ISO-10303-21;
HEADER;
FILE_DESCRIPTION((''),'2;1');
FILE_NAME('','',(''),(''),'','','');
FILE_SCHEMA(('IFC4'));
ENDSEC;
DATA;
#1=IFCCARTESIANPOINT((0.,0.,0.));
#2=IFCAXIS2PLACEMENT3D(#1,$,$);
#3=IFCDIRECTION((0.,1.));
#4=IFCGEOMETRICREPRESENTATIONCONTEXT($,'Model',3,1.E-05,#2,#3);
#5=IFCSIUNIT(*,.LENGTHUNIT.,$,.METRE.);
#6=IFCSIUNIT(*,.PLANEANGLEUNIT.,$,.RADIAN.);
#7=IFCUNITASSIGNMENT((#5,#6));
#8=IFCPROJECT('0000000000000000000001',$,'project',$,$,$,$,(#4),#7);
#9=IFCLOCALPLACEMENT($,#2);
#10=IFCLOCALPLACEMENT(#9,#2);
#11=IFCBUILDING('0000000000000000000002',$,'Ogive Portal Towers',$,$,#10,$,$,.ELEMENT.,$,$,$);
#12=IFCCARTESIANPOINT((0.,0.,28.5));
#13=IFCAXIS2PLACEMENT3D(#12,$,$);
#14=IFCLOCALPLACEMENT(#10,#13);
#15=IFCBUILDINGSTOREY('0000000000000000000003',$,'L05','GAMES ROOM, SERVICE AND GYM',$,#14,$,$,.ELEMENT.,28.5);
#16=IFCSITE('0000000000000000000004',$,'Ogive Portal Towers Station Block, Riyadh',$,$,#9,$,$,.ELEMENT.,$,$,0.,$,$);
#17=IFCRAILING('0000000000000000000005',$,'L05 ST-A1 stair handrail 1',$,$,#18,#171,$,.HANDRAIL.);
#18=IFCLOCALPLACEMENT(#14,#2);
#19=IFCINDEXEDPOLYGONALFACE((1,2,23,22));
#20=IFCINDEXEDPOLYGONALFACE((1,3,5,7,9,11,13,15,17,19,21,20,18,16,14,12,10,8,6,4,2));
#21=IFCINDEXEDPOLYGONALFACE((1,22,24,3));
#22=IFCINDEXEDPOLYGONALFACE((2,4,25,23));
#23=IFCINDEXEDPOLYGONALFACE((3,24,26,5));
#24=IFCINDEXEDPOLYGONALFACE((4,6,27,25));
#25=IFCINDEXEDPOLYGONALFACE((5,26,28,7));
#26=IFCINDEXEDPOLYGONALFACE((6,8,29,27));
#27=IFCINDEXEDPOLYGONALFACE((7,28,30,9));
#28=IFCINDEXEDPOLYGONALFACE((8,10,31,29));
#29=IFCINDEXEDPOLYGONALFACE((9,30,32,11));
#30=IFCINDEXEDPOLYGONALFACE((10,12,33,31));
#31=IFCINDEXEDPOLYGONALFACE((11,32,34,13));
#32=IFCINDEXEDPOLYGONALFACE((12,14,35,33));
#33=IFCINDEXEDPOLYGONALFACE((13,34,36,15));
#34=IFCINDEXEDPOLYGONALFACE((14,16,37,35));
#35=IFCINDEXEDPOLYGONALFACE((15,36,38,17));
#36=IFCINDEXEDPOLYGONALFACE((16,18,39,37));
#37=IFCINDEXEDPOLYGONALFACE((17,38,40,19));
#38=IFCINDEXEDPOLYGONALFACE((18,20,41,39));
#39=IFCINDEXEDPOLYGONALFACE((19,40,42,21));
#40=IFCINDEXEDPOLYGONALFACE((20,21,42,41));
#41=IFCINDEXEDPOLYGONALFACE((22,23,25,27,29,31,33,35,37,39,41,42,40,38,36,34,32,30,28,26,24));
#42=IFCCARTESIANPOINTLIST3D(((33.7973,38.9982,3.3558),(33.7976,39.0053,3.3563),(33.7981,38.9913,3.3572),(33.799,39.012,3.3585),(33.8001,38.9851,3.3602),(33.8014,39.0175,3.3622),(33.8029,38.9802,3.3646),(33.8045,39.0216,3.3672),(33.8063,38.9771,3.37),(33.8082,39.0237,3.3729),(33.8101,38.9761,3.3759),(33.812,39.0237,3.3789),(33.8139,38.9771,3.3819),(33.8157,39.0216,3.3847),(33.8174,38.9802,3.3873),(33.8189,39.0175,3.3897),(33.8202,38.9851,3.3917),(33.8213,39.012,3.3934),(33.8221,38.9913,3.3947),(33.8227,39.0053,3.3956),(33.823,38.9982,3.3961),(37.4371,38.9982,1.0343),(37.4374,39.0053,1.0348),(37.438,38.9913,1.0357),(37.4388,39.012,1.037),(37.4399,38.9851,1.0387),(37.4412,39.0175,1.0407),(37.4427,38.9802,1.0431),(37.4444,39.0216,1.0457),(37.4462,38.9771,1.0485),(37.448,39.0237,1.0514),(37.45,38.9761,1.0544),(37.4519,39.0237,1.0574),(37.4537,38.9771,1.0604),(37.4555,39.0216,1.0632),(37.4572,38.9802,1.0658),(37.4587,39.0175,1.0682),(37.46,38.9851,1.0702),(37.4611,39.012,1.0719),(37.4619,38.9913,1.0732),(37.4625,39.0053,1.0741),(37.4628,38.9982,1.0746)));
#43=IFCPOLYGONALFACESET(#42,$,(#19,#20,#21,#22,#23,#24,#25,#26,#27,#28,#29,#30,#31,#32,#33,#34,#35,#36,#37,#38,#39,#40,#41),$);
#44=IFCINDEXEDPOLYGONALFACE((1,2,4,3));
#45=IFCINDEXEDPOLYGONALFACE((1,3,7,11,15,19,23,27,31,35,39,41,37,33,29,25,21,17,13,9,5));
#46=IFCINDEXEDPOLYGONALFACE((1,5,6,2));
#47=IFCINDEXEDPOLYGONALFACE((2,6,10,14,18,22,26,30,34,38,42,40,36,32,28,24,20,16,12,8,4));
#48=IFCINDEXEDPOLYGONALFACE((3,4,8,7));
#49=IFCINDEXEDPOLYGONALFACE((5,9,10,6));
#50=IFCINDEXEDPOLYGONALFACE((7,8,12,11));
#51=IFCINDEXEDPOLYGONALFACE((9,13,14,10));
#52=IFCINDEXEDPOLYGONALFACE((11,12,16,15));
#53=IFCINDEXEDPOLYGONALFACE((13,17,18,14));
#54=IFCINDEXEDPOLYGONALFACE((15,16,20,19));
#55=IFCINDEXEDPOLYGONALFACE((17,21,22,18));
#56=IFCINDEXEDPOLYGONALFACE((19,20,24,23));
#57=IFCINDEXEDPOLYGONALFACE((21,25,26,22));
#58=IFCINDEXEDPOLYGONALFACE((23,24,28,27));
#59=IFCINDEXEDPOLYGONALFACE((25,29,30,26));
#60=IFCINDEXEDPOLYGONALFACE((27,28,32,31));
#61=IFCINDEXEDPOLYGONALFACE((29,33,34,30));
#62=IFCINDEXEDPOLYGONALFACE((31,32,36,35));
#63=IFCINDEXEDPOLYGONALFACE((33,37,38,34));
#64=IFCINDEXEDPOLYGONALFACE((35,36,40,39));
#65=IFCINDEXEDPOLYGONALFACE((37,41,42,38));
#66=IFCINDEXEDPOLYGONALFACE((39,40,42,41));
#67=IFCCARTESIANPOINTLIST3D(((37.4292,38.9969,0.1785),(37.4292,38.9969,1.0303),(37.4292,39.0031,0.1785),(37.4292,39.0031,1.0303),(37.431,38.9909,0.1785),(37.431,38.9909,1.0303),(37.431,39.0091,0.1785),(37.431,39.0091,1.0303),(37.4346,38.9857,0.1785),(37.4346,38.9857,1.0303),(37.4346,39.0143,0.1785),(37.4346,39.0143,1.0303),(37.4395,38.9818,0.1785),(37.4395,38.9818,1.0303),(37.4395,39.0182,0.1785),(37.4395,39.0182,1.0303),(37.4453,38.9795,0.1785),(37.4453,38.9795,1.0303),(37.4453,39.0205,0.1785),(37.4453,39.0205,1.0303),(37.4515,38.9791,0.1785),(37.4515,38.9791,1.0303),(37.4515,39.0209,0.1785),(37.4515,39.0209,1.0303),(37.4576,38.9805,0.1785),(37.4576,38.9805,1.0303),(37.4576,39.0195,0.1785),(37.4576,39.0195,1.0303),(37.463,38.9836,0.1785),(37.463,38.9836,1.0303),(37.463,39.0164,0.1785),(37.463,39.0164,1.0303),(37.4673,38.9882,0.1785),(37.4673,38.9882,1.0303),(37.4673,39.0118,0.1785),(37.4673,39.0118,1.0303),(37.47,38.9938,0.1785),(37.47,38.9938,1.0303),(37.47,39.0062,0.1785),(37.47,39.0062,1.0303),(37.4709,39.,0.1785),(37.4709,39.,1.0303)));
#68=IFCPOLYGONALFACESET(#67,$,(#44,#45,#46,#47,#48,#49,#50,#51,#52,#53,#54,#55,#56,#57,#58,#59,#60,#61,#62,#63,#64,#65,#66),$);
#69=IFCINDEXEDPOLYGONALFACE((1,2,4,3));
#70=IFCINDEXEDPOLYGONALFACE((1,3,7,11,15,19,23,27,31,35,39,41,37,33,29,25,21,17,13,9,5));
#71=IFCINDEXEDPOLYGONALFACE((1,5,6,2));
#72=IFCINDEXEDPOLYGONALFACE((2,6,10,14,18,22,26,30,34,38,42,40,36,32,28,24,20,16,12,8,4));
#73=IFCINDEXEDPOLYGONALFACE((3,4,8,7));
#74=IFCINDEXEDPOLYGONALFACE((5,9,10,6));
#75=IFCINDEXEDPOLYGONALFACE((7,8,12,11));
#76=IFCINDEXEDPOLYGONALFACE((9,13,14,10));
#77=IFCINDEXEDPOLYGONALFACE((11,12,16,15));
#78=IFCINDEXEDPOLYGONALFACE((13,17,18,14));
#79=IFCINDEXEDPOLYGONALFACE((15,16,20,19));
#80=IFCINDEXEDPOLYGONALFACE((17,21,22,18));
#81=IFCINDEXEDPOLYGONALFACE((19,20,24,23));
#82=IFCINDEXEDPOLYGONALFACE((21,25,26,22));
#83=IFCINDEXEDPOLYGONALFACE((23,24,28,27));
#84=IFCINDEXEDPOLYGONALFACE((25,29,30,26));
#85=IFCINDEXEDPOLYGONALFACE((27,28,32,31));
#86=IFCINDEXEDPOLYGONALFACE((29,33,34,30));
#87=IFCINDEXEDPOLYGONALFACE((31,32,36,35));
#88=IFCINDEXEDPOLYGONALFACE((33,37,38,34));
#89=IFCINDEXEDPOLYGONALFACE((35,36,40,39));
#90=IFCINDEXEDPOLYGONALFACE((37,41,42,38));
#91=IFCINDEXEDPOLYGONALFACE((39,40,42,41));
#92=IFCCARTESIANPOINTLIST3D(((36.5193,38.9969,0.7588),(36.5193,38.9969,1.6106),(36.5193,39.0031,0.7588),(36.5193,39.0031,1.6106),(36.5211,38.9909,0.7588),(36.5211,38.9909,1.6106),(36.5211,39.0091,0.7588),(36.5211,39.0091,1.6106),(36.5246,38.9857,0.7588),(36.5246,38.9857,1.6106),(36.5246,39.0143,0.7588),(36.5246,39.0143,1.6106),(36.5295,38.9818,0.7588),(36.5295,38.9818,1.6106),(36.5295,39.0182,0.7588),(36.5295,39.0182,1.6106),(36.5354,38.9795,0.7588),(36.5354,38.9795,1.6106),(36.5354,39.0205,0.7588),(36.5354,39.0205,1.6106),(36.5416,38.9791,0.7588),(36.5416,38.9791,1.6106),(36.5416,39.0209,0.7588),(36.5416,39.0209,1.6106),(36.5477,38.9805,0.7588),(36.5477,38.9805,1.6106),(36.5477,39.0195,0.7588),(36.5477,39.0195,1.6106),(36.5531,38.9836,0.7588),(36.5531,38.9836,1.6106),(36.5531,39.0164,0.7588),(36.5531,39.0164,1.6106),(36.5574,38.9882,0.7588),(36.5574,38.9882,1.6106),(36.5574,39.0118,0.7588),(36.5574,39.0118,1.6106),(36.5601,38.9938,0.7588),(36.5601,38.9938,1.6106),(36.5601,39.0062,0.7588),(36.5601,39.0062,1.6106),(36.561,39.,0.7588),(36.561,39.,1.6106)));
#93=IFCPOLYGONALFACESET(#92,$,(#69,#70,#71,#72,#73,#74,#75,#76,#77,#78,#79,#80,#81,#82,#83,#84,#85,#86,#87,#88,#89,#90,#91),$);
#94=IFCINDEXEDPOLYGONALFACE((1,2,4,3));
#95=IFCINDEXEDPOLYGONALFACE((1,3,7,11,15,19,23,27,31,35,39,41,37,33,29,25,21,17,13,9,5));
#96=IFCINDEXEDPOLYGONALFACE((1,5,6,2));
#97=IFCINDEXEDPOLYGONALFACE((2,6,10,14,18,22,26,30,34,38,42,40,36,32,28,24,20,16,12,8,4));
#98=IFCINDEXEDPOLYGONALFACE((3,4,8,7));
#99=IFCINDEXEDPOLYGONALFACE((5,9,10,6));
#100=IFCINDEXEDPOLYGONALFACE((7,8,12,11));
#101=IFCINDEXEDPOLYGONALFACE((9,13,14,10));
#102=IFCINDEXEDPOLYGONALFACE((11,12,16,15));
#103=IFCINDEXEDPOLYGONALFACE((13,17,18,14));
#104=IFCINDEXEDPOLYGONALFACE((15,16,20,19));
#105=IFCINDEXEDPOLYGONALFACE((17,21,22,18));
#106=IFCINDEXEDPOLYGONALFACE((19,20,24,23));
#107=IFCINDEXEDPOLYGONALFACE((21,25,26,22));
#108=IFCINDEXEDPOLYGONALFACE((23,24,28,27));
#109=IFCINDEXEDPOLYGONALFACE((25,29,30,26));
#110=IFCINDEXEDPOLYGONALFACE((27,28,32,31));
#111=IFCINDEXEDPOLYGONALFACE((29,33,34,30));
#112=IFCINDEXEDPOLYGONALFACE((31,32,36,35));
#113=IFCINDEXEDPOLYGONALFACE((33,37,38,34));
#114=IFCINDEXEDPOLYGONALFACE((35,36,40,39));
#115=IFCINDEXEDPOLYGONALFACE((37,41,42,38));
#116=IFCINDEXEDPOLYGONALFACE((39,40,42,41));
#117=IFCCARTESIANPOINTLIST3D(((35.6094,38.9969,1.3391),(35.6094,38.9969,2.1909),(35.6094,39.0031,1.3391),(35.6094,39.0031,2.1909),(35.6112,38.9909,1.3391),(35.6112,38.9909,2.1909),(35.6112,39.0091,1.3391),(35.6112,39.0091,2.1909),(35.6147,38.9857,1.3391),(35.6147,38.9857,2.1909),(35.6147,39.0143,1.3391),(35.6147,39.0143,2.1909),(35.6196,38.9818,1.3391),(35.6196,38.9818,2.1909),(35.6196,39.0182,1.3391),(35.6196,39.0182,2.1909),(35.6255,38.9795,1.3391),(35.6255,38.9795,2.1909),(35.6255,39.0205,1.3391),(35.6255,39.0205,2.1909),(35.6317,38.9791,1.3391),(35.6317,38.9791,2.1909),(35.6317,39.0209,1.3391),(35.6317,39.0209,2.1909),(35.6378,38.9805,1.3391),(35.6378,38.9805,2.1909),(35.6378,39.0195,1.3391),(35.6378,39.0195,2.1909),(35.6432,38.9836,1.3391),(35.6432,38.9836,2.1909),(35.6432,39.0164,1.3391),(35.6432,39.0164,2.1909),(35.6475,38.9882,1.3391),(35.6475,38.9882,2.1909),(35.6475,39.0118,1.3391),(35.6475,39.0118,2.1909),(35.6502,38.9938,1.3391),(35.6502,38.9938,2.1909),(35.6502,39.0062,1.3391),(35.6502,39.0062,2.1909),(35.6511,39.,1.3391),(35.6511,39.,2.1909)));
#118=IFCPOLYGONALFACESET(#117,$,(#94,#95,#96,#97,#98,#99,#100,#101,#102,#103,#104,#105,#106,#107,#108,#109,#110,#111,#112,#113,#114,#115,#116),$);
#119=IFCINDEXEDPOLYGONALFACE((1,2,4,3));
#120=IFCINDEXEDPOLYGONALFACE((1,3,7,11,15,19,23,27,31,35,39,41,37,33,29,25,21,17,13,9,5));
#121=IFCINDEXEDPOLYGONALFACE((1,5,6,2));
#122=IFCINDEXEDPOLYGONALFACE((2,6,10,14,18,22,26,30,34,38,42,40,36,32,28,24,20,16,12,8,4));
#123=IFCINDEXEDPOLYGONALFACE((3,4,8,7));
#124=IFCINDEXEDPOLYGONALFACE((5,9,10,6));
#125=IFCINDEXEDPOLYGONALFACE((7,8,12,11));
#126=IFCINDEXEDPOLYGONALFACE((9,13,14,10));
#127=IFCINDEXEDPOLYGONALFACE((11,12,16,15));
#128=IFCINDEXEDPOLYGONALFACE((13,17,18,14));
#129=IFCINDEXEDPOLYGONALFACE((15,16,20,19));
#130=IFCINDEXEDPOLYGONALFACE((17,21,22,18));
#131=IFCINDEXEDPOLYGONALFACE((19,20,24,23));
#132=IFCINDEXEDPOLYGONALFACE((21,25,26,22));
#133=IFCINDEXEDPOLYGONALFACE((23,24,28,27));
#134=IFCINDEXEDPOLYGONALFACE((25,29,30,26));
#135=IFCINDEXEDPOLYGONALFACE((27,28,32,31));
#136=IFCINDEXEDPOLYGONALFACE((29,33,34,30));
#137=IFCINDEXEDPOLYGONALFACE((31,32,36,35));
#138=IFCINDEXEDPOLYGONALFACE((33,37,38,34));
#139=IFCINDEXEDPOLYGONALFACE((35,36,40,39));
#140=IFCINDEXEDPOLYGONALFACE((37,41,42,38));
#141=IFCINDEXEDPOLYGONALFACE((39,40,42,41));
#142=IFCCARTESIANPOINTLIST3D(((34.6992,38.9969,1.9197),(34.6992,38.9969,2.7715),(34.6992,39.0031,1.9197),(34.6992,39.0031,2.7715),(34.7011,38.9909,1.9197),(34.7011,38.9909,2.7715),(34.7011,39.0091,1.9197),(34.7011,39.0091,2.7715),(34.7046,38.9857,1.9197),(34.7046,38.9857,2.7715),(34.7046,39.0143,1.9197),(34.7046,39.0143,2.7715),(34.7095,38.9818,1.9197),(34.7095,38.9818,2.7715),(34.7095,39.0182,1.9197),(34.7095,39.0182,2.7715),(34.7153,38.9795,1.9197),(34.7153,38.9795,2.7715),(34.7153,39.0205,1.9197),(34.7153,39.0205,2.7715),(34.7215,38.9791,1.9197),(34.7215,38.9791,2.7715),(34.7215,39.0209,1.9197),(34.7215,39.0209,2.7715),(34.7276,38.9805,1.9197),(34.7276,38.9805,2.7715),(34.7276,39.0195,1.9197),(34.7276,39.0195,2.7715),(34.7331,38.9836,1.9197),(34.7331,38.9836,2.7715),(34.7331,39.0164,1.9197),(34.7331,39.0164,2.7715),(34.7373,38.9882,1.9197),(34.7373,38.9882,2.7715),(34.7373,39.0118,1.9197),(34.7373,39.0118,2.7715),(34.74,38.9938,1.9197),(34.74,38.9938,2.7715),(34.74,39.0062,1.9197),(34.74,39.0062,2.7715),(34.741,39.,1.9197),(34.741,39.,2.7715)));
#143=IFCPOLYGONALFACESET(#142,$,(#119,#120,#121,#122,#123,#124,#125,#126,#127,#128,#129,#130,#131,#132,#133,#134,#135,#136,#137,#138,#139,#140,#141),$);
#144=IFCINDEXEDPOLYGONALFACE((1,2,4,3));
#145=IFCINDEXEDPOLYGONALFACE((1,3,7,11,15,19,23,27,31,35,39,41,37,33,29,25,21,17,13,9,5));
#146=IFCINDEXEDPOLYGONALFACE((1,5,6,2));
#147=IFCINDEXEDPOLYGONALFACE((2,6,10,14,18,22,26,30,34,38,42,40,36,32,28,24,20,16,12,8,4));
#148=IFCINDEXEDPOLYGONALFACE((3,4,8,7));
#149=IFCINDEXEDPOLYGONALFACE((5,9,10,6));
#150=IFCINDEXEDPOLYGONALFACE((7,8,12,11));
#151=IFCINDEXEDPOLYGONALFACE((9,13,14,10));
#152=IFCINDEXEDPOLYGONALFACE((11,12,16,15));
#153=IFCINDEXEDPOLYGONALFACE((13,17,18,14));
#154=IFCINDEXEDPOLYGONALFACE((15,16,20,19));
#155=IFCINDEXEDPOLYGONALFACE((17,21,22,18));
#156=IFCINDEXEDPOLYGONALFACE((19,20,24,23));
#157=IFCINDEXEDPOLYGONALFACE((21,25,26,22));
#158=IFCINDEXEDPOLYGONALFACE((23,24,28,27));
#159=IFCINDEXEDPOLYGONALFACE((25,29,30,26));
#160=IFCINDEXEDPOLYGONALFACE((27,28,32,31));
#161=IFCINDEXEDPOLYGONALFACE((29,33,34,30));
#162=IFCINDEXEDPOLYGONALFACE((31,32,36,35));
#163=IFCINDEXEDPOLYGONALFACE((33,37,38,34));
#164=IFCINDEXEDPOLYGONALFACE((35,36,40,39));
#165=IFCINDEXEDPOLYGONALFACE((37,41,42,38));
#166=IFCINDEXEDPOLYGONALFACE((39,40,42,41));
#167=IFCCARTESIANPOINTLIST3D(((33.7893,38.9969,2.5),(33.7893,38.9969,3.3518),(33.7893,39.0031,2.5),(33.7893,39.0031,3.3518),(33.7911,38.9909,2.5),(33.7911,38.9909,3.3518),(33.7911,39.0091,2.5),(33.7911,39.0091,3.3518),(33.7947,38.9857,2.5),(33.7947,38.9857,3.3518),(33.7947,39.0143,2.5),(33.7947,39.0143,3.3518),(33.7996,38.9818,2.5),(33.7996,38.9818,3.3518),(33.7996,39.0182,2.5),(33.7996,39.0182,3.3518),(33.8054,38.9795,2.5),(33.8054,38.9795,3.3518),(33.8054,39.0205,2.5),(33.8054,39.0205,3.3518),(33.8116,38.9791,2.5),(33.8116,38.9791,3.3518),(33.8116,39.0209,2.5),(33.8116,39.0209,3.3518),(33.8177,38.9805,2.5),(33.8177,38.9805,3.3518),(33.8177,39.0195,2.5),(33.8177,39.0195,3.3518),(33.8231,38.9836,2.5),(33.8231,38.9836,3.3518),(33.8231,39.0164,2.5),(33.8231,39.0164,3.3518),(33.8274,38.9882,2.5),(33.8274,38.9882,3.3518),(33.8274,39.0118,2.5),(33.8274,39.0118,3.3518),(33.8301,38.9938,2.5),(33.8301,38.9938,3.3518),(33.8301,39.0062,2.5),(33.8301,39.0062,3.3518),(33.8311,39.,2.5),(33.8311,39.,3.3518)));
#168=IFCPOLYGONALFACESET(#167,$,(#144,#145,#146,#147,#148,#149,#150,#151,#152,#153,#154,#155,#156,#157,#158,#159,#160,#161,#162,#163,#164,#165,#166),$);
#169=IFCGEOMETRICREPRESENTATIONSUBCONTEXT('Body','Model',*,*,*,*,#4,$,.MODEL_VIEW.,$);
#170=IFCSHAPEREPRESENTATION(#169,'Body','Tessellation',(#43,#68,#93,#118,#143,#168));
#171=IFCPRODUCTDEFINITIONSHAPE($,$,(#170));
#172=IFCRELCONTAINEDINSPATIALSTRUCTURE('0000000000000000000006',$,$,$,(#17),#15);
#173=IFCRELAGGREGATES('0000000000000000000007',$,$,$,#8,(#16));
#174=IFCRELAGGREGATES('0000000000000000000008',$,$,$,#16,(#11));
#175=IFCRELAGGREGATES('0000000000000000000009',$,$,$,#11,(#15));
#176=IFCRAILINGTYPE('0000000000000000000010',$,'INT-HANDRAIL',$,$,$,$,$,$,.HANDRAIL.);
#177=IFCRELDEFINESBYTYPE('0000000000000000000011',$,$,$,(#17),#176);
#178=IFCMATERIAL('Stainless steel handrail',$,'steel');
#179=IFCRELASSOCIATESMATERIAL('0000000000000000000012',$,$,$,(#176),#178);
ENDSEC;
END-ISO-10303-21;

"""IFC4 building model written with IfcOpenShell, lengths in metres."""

from ifc_helpers import new_model, si_unit, direction, frame, origin, origin_2d, place, context, subcontext, project, spatial, circle, extrude, material, type_object, element, save


model = new_model("IFC4")

# Units and contexts
model_context = context("Model", 3, precision=1e-05, world=origin(), true_north=direction((0.0, 1.0)))
body_context = subcontext(model_context, "Body", "Model", "MODEL_VIEW")
ifc_project = project(units=[si_unit("LENGTHUNIT", "METRE"), si_unit("PLANEANGLEUNIT", "RADIAN")], contexts=[model_context])

# Site, building, storey
site_placement = place(None, origin())
site = spatial("IfcSite", under=ifc_project, at=site_placement, Name="Ogive Portal Towers Station Block, Riyadh", CompositionType="ELEMENT", RefElevation=0.0)
building_placement = place(site_placement, origin())
building = spatial("IfcBuilding", under=site, at=building_placement, Name="Ogive Portal Towers", CompositionType="ELEMENT")
storey_placement = place(building_placement, frame((0.0, 0.0, 28.5)))
storey = spatial("IfcBuildingStorey", under=building, at=storey_placement, Name="L05", Description="GAMES ROOM, SERVICE AND GYM", CompositionType="ELEMENT", Elevation=28.5)

# Railing
ifc_material_1 = material(Name="Stainless steel handrail", Category="steel")
railing_type_1 = type_object("IfcRailingType", Name="INT-HANDRAIL", PredefinedType="HANDRAIL", material=ifc_material_1)
railing_1_placement = place(storey_placement, frame((37.45, 39.0, 0.1785)))
element("IfcRailing", 1, at=railing_1_placement, inside=storey, type_object=railing_type_1, Name="L05 ST-A1 stair handrail 1", PredefinedType="HANDRAIL", context=body_context, shape_type="SweptSolid", body=[
    extrude(circle(Radius=0.0239, at=origin_2d()), frame((0.0, 0.0, 0.876), z_axis=(-0.843112, 0.0, 0.537739), x_axis=(0.0, -1.0, 0.0)), (0.0, 0.0, 1.0), 4.3171),
    extrude(circle(Radius=0.021, at=origin_2d()), origin(), (0.0, 0.0, 1.0), 0.8518),
    extrude(circle(Radius=0.021, at=origin_2d()), frame((-0.9099, 0.0, 0.5803)), (0.0, 0.0, 1.0), 0.8518),
    extrude(circle(Radius=0.021, at=origin_2d()), frame((-1.8198, 0.0, 1.1606)), (0.0, 0.0, 1.0), 0.8518),
    extrude(circle(Radius=0.021, at=origin_2d()), frame((-2.73, 0.0, 1.7412)), (0.0, 0.0, 1.0), 0.8518),
    extrude(circle(Radius=0.021, at=origin_2d()), frame((-3.6399, 0.0, 2.3215)), (0.0, 0.0, 1.0), 0.8518),
])

save(model, "model.ifc")
